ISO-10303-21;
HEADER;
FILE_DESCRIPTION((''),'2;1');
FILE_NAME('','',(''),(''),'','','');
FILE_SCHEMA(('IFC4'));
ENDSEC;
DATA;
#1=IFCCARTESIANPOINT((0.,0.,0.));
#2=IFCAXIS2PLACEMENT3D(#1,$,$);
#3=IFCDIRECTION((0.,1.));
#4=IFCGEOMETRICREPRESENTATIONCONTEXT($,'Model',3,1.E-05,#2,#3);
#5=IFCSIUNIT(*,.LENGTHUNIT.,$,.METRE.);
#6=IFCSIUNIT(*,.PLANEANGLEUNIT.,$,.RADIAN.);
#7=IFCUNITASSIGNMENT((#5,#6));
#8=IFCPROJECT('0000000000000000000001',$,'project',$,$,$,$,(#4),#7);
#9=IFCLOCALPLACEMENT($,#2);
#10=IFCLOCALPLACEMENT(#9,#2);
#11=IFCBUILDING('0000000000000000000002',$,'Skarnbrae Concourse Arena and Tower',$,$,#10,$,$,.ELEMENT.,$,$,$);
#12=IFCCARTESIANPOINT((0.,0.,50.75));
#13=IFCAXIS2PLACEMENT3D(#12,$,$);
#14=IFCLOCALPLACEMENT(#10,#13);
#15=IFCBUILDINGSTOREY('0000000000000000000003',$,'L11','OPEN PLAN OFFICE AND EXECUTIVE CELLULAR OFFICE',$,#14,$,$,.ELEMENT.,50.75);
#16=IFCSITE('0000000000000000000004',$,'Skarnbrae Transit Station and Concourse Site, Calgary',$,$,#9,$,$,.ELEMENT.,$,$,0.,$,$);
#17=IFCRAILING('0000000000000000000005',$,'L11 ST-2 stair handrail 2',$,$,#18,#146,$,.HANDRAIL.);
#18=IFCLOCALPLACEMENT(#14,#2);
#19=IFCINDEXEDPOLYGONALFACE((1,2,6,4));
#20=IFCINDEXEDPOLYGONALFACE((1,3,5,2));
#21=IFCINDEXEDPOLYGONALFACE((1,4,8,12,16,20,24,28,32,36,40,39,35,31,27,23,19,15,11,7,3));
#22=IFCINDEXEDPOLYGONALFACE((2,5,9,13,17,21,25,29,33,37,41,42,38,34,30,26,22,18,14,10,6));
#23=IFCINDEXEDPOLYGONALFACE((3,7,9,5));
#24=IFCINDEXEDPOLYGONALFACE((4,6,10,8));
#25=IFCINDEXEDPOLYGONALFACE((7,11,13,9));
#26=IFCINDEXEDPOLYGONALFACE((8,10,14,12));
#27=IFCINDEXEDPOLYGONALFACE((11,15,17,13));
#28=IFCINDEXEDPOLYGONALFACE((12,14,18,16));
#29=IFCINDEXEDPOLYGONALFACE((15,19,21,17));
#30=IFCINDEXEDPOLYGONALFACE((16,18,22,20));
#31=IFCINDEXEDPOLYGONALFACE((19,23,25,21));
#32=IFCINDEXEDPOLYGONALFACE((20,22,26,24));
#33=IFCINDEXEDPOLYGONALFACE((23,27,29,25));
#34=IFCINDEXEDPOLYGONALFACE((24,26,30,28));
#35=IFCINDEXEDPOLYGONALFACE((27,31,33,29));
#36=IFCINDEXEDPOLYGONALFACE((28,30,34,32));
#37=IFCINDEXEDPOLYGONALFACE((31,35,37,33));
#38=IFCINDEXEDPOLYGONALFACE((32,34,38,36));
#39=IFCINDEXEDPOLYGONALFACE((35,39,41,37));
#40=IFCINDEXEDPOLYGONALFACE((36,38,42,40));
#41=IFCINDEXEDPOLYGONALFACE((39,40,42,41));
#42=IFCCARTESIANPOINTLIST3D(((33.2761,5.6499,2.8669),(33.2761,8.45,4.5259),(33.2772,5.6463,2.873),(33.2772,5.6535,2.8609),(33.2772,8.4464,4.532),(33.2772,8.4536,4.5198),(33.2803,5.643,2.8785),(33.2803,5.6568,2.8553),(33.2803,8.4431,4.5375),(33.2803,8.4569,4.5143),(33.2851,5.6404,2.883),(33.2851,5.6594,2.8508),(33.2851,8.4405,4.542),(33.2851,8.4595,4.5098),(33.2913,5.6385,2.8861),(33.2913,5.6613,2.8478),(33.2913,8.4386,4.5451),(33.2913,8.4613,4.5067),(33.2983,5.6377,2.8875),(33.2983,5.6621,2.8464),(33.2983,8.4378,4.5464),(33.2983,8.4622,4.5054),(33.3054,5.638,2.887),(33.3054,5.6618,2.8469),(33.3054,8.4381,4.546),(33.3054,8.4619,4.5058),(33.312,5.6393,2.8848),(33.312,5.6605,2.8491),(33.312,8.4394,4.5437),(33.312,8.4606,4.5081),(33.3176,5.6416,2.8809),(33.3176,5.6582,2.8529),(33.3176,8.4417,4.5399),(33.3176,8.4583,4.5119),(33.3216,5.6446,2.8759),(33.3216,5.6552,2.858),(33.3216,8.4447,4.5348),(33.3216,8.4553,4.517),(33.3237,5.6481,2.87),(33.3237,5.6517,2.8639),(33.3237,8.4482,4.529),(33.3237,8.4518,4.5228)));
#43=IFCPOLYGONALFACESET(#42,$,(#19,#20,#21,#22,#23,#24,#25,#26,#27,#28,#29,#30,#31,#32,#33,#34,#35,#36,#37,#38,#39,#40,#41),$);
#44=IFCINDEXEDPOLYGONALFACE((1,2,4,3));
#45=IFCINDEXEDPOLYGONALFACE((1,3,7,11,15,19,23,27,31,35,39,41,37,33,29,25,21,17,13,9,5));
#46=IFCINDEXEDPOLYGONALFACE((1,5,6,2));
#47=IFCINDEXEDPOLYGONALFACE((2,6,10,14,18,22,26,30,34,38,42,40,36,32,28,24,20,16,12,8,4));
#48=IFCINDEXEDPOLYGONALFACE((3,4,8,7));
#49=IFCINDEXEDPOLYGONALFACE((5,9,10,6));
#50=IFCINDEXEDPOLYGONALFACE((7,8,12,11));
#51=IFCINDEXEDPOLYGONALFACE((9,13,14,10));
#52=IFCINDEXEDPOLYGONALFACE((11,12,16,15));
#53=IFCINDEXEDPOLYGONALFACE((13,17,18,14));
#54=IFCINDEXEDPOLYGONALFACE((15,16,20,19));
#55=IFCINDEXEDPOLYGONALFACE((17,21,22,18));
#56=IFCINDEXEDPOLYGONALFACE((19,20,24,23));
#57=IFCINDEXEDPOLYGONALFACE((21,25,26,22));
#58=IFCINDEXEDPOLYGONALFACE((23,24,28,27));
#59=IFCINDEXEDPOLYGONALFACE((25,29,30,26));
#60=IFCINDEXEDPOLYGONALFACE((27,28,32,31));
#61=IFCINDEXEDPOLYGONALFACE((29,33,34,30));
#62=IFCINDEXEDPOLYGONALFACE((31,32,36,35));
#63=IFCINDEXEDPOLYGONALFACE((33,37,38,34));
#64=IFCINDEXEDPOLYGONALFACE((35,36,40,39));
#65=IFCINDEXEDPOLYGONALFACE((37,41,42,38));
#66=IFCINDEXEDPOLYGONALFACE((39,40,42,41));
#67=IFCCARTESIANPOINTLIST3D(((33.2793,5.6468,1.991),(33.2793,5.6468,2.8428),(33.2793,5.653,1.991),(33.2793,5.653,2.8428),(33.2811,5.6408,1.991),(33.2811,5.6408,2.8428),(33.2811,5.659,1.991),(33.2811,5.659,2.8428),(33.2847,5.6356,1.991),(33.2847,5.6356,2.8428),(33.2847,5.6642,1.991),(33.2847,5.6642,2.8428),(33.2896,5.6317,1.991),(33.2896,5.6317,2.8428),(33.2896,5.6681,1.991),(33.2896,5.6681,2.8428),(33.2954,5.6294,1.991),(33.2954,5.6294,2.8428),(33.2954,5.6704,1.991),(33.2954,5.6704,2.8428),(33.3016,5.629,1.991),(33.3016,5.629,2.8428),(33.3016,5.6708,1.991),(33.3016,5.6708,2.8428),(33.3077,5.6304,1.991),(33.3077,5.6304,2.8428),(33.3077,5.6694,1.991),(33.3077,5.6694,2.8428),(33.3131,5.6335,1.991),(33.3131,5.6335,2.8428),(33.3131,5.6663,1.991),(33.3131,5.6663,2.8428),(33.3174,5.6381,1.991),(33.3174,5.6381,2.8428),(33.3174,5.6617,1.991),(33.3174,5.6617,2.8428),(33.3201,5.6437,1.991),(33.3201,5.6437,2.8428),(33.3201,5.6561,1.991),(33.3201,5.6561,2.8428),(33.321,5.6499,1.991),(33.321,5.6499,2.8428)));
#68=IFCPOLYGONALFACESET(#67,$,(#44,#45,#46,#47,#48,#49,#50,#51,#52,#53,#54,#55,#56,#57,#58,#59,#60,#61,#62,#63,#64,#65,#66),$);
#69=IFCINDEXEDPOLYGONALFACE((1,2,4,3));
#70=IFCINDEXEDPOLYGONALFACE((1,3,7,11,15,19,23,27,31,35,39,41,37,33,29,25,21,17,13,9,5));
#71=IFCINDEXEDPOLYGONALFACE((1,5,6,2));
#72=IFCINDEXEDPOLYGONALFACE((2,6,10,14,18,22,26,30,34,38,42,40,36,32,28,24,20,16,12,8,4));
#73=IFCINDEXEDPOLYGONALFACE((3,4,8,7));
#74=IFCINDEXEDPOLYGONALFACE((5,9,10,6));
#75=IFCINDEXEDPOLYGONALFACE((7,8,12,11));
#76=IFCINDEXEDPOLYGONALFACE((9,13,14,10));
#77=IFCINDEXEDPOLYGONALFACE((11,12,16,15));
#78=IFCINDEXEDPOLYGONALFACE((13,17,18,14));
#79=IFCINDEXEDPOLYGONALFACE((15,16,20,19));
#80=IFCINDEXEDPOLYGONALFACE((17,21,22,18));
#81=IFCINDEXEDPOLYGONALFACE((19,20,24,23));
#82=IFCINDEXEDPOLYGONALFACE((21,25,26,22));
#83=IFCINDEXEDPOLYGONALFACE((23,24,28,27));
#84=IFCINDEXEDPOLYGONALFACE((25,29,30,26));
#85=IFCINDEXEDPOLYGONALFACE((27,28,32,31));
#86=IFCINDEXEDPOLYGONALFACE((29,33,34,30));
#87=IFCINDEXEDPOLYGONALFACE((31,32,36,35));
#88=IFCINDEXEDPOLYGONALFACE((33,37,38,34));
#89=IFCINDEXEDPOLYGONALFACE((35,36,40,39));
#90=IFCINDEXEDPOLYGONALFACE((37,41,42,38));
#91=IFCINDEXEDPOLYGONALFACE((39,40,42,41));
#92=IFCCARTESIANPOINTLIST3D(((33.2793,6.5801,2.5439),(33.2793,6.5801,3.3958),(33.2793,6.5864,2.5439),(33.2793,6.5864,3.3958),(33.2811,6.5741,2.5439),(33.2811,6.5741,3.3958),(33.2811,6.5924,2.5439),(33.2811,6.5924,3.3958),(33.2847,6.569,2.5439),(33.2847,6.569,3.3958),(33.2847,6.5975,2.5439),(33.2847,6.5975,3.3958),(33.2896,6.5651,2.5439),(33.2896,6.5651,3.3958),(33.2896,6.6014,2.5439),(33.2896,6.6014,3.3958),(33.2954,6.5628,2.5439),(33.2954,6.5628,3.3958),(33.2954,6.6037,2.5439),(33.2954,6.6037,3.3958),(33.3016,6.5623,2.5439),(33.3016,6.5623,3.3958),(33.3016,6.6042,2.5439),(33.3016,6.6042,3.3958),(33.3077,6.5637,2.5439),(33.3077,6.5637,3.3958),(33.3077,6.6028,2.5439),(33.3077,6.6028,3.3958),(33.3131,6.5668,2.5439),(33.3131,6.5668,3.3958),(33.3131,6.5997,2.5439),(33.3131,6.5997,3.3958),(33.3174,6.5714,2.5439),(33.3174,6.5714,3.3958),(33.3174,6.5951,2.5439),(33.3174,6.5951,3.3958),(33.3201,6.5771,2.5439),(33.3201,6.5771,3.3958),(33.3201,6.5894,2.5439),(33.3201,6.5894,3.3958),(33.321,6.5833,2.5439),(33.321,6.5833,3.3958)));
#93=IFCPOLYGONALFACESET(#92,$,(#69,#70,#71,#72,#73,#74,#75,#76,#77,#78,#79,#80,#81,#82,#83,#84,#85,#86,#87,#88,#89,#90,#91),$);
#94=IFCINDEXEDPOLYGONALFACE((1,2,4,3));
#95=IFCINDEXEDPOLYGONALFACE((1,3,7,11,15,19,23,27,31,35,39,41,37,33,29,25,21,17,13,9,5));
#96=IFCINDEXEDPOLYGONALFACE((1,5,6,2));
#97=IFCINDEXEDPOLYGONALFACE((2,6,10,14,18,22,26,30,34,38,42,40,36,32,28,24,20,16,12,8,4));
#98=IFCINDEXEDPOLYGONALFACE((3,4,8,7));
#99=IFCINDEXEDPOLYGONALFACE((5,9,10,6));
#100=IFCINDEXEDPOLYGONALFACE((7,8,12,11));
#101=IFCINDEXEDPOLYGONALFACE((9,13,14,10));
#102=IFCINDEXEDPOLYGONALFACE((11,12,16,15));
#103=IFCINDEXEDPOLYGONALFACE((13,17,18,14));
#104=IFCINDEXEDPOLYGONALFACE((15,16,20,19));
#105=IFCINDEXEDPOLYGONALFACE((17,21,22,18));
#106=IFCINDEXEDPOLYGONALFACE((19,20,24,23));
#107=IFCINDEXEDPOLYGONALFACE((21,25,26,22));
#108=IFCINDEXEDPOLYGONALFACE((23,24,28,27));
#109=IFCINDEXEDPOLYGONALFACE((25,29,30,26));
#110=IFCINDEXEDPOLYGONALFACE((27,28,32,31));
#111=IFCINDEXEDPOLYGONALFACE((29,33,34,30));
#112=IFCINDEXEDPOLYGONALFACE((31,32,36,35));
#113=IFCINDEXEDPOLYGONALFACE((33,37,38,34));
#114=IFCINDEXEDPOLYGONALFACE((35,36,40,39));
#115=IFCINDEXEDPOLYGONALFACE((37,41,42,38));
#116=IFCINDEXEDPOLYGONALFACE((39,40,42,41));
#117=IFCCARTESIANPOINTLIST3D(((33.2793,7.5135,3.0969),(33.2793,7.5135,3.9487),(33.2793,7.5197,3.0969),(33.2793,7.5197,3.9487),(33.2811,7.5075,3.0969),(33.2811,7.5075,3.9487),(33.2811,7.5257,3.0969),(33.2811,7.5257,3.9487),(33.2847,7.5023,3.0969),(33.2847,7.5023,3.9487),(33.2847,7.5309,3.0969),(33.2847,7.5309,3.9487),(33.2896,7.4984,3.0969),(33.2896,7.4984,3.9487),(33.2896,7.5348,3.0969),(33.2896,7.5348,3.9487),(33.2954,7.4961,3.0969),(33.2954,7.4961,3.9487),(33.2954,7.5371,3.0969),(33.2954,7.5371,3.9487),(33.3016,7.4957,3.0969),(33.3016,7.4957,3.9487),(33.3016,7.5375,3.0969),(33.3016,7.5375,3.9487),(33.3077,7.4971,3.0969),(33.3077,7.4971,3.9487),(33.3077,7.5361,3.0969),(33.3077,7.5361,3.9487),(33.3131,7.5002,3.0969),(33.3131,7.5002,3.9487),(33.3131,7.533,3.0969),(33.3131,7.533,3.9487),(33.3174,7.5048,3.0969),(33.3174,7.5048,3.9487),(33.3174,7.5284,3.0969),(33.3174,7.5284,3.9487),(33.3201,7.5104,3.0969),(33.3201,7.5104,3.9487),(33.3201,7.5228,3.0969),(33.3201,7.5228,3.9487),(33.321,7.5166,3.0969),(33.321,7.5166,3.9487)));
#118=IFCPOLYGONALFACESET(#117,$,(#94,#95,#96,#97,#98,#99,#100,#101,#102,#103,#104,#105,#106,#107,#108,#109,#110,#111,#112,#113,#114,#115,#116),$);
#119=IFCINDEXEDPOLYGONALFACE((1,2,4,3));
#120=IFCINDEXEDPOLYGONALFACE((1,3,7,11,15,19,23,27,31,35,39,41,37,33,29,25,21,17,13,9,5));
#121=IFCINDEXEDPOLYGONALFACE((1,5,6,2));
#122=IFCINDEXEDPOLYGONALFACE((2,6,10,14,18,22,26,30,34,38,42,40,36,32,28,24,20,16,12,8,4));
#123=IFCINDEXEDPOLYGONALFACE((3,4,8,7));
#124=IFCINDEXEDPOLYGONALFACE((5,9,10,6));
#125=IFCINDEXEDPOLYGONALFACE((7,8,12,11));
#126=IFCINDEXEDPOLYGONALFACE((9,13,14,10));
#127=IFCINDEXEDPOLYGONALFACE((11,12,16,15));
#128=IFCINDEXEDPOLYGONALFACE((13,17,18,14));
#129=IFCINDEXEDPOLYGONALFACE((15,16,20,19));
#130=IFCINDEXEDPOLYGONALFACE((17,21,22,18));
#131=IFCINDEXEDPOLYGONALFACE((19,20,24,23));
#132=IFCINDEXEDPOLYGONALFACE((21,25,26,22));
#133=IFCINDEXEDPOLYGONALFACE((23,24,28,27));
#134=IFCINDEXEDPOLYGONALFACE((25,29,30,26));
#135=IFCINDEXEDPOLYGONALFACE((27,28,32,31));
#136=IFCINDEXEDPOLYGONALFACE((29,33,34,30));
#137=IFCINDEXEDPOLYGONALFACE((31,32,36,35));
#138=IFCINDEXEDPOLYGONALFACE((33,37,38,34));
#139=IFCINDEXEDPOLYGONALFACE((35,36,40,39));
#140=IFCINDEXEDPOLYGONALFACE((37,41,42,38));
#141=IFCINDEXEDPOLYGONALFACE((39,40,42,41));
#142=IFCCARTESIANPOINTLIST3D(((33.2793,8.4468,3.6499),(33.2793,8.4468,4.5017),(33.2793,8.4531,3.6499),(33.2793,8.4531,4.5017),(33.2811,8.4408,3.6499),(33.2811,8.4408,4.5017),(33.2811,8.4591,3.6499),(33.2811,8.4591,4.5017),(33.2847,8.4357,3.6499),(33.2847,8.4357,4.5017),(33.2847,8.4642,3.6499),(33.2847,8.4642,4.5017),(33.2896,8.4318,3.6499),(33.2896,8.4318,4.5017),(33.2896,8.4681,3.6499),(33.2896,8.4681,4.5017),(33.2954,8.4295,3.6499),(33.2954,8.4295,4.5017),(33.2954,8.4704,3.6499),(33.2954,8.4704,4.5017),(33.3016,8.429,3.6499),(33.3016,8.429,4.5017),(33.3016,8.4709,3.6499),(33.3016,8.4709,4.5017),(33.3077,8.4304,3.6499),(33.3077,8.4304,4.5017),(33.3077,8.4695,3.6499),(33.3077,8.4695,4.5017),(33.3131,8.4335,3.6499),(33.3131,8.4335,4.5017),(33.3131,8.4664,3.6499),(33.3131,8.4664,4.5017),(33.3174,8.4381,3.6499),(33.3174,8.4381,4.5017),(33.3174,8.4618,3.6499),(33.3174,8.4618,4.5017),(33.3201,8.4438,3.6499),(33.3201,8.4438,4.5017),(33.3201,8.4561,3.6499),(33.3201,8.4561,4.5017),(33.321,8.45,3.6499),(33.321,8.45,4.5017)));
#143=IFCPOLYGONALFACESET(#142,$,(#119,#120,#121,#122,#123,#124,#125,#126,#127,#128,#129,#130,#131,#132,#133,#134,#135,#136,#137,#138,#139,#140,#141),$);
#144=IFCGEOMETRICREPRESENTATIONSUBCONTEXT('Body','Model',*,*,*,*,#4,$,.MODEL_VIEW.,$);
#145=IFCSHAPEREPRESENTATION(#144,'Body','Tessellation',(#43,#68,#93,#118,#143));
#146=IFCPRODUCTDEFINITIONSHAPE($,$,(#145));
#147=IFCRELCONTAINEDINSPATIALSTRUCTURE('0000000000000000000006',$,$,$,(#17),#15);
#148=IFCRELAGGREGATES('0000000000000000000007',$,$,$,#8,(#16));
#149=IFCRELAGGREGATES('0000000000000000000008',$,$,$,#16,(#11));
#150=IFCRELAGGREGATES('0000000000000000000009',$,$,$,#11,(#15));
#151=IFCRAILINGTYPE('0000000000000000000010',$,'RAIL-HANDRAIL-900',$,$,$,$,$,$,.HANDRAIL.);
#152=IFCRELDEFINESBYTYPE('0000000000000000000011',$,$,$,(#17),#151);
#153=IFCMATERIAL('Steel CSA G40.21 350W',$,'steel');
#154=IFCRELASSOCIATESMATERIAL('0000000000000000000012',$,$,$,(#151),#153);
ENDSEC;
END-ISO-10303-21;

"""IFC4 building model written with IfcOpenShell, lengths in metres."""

from ifc_helpers import new_model, si_unit, direction, frame, origin, origin_2d, place, context, subcontext, project, spatial, circle, extrude, material, type_object, element, save


model = new_model("IFC4")

# Units and contexts
model_context = context("Model", 3, precision=1e-05, world=origin(), true_north=direction((0.0, 1.0)))
body_context = subcontext(model_context, "Body", "Model", "MODEL_VIEW")
ifc_project = project(units=[si_unit("LENGTHUNIT", "METRE"), si_unit("PLANEANGLEUNIT", "RADIAN")], contexts=[model_context])

# Site, building, storey
site_placement = place(None, origin())
site = spatial("IfcSite", under=ifc_project, at=site_placement, Name="Skarnbrae Transit Station and Concourse Site, Calgary", CompositionType="ELEMENT", RefElevation=0.0)
building_placement = place(site_placement, origin())
building = spatial("IfcBuilding", under=site, at=building_placement, Name="Skarnbrae Concourse Arena and Tower", CompositionType="ELEMENT")
storey_placement = place(building_placement, frame((0.0, 0.0, 50.75)))
storey = spatial("IfcBuildingStorey", under=building, at=storey_placement, Name="L11", Description="OPEN PLAN OFFICE AND EXECUTIVE CELLULAR OFFICE", CompositionType="ELEMENT", Elevation=50.75)

# Shared definitions
ifc_material_1 = material(Name="Steel CSA G40.21 350W", Category="steel")

# Railing
railing_type_1 = type_object("IfcRailingType", Name="RAIL-HANDRAIL-900", PredefinedType="HANDRAIL", material=ifc_material_1)
railing_1_placement = place(storey_placement, frame((33.3, 5.6499, 1.991)))
element("IfcRailing", 1, at=railing_1_placement, inside=storey, type_object=railing_type_1, Name="L11 ST-2 stair handrail 2", PredefinedType="HANDRAIL", context=body_context, shape_type="SweptSolid", body=[
    extrude(circle(Radius=0.0239, at=origin_2d()), frame((0.0, 0.0, 0.876), z_axis=(0.0, 0.860339, 0.509722), x_axis=(-1.0, 0.0, 0.0)), (0.0, 0.0, 1.0), 3.2546),
    extrude(circle(Radius=0.021, at=origin_2d()), origin(), (0.0, 0.0, 1.0), 0.8518),
    extrude(circle(Radius=0.021, at=origin_2d()), frame((0.0, 0.9333, 0.553)), (0.0, 0.0, 1.0), 0.8518),
    extrude(circle(Radius=0.021, at=origin_2d()), frame((0.0, 1.8667, 1.106)), (0.0, 0.0, 1.0), 0.8518),
    extrude(circle(Radius=0.021, at=origin_2d()), frame((0.0, 2.8, 1.6589)), (0.0, 0.0, 1.0), 0.8518),
])

save(model, "model.ifc")
